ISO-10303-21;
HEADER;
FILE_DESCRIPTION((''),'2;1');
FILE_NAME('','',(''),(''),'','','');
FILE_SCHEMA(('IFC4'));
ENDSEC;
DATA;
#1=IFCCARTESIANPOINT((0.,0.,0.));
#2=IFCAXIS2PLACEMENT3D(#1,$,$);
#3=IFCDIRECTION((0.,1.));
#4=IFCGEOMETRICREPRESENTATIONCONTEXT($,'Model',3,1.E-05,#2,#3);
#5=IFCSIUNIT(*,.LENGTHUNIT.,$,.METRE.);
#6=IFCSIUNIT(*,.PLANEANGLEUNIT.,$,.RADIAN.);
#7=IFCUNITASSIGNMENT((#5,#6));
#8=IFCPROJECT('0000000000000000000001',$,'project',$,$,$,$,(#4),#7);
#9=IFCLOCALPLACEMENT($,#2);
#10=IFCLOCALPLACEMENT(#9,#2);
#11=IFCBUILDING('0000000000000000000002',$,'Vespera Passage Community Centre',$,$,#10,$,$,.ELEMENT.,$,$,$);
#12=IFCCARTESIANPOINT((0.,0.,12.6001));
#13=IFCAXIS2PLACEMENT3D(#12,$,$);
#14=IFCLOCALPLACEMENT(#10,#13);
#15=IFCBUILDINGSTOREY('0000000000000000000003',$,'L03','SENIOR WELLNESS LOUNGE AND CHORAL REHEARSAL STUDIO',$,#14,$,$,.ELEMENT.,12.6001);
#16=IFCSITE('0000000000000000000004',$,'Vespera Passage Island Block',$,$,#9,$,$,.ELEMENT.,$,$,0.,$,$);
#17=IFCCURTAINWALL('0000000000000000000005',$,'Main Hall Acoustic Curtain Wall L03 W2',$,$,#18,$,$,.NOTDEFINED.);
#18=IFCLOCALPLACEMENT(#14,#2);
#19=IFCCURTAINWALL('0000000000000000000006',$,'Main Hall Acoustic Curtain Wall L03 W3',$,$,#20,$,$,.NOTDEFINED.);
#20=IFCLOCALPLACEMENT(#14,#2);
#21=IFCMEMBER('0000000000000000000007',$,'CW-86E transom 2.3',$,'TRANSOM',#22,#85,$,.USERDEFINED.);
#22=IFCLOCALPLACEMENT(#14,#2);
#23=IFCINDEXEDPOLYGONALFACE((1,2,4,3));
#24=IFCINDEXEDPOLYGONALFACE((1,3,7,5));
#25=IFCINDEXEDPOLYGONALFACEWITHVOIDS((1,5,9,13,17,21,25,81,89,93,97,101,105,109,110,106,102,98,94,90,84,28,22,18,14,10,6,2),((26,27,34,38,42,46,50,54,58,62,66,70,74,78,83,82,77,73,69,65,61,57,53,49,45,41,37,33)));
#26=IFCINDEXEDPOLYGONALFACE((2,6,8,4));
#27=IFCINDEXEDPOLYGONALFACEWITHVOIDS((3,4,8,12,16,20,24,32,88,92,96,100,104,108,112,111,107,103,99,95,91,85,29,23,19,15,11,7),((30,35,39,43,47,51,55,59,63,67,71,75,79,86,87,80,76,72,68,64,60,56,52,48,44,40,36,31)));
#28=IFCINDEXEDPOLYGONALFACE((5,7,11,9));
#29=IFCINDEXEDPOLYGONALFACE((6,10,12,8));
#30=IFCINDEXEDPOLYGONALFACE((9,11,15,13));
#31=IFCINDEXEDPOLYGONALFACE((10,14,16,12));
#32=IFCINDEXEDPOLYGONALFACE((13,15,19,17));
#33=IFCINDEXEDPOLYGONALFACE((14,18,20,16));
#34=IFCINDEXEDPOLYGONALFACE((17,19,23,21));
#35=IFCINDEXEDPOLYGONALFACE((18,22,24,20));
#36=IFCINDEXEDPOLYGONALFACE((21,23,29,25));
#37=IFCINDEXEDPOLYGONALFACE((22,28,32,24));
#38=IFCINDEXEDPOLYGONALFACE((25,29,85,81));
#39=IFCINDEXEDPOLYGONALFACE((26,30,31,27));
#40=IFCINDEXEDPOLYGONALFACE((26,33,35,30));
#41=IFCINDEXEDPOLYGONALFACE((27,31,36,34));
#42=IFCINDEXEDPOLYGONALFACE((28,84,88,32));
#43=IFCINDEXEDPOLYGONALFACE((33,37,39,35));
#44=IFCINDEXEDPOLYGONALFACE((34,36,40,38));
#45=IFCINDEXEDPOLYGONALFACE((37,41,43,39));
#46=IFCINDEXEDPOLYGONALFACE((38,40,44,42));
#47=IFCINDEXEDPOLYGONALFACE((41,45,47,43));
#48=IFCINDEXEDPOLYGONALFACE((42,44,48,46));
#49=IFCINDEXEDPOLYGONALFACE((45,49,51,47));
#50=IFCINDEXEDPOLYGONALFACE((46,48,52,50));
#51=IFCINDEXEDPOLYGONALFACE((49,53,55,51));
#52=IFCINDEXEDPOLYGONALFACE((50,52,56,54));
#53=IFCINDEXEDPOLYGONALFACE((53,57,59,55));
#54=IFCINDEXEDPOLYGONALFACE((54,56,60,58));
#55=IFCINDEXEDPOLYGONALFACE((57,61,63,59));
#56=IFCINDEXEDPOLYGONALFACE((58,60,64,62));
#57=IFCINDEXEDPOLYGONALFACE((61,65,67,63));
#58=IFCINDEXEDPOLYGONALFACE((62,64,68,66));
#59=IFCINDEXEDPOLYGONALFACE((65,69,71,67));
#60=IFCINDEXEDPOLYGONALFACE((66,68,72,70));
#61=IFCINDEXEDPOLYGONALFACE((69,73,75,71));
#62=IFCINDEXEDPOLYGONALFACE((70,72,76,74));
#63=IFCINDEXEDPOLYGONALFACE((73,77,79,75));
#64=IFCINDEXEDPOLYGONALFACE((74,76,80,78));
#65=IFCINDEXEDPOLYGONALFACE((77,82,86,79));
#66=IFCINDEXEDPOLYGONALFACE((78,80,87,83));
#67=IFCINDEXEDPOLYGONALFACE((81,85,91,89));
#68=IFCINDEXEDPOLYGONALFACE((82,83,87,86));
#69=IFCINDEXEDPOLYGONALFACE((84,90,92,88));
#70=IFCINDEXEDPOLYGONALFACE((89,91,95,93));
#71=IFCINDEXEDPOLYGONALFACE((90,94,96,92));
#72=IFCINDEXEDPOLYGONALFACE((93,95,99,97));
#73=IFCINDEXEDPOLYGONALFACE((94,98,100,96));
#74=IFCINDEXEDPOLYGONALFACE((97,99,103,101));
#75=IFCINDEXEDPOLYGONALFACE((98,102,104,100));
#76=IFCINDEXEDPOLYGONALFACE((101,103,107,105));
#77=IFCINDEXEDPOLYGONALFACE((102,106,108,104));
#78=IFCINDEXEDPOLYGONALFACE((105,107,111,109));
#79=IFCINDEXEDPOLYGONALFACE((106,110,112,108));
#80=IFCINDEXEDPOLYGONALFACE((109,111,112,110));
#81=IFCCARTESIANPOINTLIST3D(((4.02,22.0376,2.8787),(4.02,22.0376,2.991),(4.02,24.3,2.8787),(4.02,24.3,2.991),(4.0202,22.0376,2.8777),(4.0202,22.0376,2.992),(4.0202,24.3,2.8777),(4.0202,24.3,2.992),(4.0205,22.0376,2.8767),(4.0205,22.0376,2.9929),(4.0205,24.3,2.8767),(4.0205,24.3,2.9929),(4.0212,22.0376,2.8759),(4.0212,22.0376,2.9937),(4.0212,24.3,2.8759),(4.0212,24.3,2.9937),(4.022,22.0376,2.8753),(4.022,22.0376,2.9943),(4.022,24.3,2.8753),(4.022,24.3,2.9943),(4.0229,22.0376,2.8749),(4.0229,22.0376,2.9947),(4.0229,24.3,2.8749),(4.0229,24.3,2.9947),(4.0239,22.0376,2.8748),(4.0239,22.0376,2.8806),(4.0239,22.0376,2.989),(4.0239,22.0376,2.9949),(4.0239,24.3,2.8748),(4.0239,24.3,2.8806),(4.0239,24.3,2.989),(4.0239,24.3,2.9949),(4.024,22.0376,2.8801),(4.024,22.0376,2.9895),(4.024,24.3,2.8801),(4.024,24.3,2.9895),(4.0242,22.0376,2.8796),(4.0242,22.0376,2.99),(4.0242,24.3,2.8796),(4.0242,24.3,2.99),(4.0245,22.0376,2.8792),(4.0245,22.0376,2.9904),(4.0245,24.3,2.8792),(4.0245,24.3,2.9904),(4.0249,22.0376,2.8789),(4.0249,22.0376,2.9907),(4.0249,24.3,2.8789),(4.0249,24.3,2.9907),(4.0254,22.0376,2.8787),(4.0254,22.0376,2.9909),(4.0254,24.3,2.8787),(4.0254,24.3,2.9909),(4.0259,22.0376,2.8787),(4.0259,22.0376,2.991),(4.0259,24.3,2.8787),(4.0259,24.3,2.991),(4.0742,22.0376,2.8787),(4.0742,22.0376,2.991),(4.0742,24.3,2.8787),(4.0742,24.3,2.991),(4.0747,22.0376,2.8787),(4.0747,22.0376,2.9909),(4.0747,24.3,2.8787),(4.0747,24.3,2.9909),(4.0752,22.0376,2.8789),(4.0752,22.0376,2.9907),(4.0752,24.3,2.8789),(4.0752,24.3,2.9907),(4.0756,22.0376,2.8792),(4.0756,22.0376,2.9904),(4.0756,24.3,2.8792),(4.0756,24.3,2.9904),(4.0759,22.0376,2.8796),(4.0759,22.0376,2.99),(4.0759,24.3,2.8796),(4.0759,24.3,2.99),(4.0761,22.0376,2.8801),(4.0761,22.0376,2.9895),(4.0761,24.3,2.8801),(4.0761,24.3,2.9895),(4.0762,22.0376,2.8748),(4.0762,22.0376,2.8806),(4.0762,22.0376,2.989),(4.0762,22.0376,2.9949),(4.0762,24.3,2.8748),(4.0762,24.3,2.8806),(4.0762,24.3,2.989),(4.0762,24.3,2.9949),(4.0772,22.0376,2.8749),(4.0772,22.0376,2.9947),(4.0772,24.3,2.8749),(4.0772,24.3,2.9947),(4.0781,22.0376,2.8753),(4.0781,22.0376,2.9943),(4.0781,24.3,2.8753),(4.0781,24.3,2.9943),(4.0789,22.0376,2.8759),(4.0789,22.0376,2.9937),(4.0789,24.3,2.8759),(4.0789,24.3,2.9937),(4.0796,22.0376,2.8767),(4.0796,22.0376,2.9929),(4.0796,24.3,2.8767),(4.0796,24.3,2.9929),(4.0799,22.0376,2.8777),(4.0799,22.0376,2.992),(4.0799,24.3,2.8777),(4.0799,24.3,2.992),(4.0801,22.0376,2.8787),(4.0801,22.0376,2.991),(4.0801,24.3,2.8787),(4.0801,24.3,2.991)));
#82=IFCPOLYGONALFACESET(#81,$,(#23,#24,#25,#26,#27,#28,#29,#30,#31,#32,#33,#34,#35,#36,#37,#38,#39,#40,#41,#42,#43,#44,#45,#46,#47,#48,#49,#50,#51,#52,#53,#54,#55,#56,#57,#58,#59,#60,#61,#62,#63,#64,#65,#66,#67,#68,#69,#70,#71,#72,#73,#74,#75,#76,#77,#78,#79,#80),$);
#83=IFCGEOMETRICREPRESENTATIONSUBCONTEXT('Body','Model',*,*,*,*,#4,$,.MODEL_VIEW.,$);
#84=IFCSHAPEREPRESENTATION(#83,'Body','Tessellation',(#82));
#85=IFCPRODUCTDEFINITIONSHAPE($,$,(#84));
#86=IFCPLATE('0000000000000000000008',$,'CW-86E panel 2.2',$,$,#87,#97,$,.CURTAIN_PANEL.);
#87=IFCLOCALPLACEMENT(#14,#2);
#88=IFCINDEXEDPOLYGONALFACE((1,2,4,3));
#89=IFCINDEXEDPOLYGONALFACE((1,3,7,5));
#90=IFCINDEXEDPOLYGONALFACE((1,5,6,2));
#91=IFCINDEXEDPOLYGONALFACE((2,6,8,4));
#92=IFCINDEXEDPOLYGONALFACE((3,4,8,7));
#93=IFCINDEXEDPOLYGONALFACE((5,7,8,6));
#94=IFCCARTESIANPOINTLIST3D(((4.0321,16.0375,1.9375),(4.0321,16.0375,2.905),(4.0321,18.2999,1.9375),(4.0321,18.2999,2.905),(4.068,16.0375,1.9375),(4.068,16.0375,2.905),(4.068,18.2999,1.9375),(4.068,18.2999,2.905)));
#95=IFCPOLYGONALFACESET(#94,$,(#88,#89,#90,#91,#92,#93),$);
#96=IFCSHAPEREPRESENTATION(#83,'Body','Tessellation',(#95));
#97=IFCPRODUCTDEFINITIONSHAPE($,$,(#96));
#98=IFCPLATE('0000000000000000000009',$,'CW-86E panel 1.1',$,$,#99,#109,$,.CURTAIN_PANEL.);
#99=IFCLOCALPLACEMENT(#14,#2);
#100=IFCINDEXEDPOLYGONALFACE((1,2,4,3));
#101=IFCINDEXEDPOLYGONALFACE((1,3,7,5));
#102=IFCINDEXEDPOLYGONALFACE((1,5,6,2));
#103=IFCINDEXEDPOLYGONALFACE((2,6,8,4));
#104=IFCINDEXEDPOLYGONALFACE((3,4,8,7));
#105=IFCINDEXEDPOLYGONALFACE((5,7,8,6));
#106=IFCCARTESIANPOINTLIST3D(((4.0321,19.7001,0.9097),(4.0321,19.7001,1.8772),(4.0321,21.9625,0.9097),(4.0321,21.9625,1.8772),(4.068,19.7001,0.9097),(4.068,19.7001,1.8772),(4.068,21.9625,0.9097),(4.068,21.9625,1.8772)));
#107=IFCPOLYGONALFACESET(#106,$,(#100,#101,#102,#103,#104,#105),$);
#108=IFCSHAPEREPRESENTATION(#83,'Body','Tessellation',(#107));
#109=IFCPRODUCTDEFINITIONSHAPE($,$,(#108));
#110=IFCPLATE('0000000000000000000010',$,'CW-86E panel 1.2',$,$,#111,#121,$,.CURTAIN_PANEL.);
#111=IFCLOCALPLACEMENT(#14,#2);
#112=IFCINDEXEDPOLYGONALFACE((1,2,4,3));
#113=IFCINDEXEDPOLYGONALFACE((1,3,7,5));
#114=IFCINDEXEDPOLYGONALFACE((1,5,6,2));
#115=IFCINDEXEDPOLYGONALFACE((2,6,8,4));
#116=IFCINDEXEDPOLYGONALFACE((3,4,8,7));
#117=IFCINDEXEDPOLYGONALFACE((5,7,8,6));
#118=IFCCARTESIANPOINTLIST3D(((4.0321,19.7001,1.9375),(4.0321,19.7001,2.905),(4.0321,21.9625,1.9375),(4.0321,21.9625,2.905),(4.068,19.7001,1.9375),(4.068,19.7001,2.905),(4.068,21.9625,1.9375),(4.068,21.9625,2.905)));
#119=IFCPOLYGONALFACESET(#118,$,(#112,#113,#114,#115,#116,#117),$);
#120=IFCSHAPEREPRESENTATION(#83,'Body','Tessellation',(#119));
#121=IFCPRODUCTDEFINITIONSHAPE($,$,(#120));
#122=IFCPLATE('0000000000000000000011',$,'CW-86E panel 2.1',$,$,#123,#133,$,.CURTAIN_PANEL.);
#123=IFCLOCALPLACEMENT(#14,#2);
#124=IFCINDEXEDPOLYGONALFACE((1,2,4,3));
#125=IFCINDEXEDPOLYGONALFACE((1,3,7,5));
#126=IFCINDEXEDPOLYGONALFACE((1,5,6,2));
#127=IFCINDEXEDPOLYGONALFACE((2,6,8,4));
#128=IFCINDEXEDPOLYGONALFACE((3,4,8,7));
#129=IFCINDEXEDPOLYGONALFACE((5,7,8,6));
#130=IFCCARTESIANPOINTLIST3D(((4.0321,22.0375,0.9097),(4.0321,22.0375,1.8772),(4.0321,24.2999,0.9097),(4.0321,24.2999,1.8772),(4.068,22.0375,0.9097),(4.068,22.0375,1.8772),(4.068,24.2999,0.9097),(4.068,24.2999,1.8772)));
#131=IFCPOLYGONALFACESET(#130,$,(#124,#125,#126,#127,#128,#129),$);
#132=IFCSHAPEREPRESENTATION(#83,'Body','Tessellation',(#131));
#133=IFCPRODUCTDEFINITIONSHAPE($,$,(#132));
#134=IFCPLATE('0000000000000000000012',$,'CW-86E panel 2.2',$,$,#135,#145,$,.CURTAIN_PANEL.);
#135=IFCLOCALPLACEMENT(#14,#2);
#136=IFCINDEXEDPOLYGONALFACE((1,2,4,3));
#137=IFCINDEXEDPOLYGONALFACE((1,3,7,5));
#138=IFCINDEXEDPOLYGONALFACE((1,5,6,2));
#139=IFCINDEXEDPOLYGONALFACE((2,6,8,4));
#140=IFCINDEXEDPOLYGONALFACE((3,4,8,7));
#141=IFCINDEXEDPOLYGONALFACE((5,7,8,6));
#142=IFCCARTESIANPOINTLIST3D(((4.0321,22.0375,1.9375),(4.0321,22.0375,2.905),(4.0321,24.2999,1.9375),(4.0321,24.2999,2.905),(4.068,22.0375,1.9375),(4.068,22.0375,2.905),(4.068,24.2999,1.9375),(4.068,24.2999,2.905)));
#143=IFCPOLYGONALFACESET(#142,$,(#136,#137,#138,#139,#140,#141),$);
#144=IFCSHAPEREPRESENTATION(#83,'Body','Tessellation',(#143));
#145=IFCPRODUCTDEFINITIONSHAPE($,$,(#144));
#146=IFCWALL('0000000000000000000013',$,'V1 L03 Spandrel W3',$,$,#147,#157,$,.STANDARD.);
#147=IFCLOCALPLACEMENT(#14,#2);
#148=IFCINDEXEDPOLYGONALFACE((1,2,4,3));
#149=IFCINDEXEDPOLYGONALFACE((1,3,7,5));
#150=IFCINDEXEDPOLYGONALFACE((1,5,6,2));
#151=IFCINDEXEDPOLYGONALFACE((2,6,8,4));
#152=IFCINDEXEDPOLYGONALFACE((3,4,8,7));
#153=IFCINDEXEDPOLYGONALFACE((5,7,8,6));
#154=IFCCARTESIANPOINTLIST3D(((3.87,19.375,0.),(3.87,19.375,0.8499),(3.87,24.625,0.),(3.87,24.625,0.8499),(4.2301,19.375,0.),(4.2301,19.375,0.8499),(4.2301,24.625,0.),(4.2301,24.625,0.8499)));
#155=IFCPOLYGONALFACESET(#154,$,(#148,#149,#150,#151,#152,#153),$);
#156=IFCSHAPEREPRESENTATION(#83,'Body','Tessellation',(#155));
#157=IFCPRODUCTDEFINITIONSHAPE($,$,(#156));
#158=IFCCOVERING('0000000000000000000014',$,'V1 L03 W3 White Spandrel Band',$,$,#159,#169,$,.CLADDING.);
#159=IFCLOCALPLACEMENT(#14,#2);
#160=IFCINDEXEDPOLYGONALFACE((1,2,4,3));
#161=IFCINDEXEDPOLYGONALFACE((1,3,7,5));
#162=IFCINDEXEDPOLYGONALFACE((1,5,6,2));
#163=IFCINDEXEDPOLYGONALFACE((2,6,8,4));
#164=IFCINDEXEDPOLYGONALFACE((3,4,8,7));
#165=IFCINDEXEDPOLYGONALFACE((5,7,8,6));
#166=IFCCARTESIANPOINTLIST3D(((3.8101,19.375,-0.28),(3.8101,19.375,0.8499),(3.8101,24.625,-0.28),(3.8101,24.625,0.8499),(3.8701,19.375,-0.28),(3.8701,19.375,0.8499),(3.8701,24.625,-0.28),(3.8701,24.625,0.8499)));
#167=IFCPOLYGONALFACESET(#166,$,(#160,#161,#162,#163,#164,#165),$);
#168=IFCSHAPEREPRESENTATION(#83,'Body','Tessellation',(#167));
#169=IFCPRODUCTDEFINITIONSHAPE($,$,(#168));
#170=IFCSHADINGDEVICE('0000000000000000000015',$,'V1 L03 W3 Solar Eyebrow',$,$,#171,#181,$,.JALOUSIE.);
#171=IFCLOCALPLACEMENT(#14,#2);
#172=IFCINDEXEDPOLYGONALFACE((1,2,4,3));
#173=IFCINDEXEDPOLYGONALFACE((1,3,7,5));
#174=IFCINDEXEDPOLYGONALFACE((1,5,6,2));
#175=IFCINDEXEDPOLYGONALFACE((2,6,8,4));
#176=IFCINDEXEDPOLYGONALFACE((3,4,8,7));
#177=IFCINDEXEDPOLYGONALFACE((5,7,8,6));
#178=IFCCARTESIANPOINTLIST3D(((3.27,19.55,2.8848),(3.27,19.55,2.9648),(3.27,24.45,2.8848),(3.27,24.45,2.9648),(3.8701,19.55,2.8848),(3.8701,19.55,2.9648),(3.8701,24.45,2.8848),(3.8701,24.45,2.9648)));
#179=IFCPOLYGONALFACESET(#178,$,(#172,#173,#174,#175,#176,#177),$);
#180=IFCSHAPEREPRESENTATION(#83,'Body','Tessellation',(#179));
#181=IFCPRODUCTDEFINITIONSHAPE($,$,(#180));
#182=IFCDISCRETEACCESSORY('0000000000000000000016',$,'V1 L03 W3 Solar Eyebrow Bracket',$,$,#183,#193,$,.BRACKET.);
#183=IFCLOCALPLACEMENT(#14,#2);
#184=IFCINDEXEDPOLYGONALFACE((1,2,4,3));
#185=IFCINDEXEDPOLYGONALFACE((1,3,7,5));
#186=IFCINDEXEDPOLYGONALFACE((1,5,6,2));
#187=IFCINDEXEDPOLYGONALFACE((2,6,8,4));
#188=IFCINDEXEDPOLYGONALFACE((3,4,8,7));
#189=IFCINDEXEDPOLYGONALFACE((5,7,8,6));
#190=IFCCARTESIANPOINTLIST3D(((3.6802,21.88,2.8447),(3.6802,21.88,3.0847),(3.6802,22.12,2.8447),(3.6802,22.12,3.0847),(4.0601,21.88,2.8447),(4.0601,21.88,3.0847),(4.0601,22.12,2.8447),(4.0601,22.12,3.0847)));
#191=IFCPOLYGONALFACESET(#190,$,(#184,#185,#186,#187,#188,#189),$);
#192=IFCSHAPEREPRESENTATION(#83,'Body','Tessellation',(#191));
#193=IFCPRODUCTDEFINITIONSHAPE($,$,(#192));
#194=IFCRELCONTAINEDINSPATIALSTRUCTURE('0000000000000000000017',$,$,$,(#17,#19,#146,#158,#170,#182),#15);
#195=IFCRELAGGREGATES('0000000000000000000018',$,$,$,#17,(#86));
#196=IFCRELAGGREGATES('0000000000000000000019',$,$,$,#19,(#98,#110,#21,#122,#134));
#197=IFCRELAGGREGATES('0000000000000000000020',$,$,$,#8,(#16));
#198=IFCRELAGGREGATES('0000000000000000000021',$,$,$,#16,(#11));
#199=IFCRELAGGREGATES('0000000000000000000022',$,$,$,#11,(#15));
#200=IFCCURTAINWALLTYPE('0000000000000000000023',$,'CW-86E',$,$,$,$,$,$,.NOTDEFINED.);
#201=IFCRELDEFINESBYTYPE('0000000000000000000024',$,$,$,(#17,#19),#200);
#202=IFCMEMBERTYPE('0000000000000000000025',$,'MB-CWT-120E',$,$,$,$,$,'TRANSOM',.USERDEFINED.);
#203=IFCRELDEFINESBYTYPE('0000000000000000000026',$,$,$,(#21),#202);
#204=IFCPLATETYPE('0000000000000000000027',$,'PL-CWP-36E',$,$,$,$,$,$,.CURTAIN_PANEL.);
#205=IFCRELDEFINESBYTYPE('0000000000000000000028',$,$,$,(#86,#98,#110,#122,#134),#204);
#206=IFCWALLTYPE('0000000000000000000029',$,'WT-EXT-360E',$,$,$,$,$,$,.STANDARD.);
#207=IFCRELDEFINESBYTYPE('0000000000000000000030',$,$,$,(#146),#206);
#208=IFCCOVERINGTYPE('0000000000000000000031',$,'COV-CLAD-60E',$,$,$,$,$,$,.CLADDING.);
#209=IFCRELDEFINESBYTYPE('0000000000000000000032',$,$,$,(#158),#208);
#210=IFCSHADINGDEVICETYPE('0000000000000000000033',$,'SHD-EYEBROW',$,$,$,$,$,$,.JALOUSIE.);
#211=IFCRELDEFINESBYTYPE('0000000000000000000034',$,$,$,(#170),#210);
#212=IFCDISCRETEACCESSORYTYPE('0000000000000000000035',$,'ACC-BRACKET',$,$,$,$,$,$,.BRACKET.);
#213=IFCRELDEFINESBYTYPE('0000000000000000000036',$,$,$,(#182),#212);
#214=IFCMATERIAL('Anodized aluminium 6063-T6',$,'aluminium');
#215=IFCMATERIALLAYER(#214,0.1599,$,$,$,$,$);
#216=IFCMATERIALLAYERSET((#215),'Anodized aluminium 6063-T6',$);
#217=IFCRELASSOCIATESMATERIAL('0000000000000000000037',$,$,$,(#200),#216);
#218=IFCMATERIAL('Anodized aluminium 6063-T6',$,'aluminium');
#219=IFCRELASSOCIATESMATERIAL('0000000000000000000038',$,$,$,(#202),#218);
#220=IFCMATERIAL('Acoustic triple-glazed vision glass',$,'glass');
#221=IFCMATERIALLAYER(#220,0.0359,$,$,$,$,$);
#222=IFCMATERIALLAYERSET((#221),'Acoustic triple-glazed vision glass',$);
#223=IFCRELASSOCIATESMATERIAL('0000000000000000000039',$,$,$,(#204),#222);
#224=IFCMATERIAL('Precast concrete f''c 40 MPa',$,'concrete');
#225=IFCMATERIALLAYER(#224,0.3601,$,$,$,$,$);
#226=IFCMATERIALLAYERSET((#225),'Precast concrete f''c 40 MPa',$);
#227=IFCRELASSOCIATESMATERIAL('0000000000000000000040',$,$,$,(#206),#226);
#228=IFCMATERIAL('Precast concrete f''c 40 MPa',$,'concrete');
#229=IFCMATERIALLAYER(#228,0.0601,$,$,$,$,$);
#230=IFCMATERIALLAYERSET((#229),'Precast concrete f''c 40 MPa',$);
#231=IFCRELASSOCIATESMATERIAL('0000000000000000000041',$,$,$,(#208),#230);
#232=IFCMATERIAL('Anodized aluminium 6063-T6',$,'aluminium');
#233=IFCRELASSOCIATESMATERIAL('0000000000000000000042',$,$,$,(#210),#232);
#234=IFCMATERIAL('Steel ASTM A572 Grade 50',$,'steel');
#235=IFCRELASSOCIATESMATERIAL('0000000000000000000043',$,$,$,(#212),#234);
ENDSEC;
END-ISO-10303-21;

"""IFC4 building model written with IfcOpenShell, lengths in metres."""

from ifc_helpers import new_model, si_unit, direction, frame, frame_2d, origin, origin_2d, place, context, subcontext, project, spatial, rectangle, hollow_rectangle, extrude, material, layer, layer_set, material_profile, profile_set, type_object, element, aggregate, save


model = new_model("IFC4")

# Units and contexts
model_context = context("Model", 3, precision=1e-05, world=origin(), true_north=direction((0.0, 1.0)))
body_context = subcontext(model_context, "Body", "Model", "MODEL_VIEW")
ifc_project = project(units=[si_unit("LENGTHUNIT", "METRE"), si_unit("PLANEANGLEUNIT", "RADIAN")], contexts=[model_context])

# Site, building, storey
site_placement = place(None, origin())
site = spatial("IfcSite", under=ifc_project, at=site_placement, Name="Vespera Passage Island Block", CompositionType="ELEMENT", RefElevation=0.0)
building_placement = place(site_placement, origin())
building = spatial("IfcBuilding", under=site, at=building_placement, Name="Vespera Passage Community Centre", CompositionType="ELEMENT")
storey_placement = place(building_placement, frame((0.0, 0.0, 12.6001)))
storey = spatial("IfcBuildingStorey", under=building, at=storey_placement, Name="L03", Description="SENIOR WELLNESS LOUNGE AND CHORAL REHEARSAL STUDIO", CompositionType="ELEMENT", Elevation=12.6001)

# Curtain wall
ifc_material_1 = material(Name="Anodized aluminium 6063-T6", Category="aluminium")
ifc_layer_1 = layer(ifc_material_1, 0.1599)
ifc_layer_set_1 = layer_set([ifc_layer_1], Name="Anodized aluminium 6063-T6")
curtain_wall_type = type_object("IfcCurtainWallType", Name="CW-86E", PredefinedType="NOTDEFINED", material=ifc_layer_set_1)
curtain_wall_1_placement = place(storey_placement, origin())
curtain_wall_1 = element("IfcCurtainWall", 1, at=curtain_wall_1_placement, inside=storey, type_object=curtain_wall_type, Name="Main Hall Acoustic Curtain Wall L03 W2", PredefinedType="NOTDEFINED")

# Curtain wall, member
curtain_wall_2_placement = place(storey_placement, origin())
curtain_wall_2 = element("IfcCurtainWall", 2, at=curtain_wall_2_placement, inside=storey, type_object=curtain_wall_type, Name="Main Hall Acoustic Curtain Wall L03 W3", PredefinedType="NOTDEFINED")
ifc_material_2 = material(Name="Anodized aluminium 6063-T6", Category="aluminium")
ifc_material_profile_1 = material_profile(ifc_material_2, hollow_rectangle(XDim=0.0601, YDim=0.1201, WallThickness=0.0039, InnerFilletRadius=0.002, OuterFilletRadius=0.0039, at=origin_2d()), Name="ALU120X60X4")
ifc_profile_set_1 = profile_set([ifc_material_profile_1], Name="Anodized aluminium 6063-T6")
member_type_1 = type_object("IfcMemberType", Name="MB-CWT-120E", ElementType="TRANSOM", PredefinedType="USERDEFINED", material=ifc_profile_set_1)
member_1_placement = place(storey_placement, frame((4.05, 22.0376, 2.9348), z_axis=(0.0, 1.0, 0.0), x_axis=(-1.0, 0.0, 0.0)))
member_1 = element("IfcMember", 3, at=member_1_placement, type_object=member_type_1, Name="CW-86E transom 2.3", ObjectType="TRANSOM", PredefinedType="USERDEFINED", context=body_context, shape_type="SweptSolid", body=[
    extrude(hollow_rectangle(XDim=0.0601, YDim=0.1201, WallThickness=0.0039, InnerFilletRadius=0.002, OuterFilletRadius=0.0039, at=origin_2d()), origin(), (0.0, 0.0, 1.0), 2.2625),
])

# Plates
ifc_material_3 = material(Name="Acoustic triple-glazed vision glass", Category="glass")
ifc_layer_2 = layer(ifc_material_3, 0.0359)
ifc_layer_set_2 = layer_set([ifc_layer_2], Name="Acoustic triple-glazed vision glass")
plate_type = type_object("IfcPlateType", Name="PL-CWP-36E", PredefinedType="CURTAIN_PANEL", material=ifc_layer_set_2)
plate_1_placement = place(storey_placement, frame((4.05, 17.1687, 1.9375), z_axis=(0.0, 0.0, 1.0), x_axis=(0.0, 1.0, 0.0)))
plate_1 = element("IfcPlate", 4, at=plate_1_placement, type_object=plate_type, Name="CW-86E panel 2.2", PredefinedType="CURTAIN_PANEL", context=body_context, shape_type="SweptSolid", body=[
    extrude(rectangle(XDim=2.2625, YDim=0.0359, at=origin_2d()), origin(), (0.0, 0.0, 1.0), 0.9675),
])
aggregate(curtain_wall_1, [plate_1])
plate_2_placement = place(storey_placement, frame((4.05, 20.8313, 0.9097), z_axis=(0.0, 0.0, 1.0), x_axis=(0.0, 1.0, 0.0)))
plate_2 = element("IfcPlate", 5, at=plate_2_placement, type_object=plate_type, Name="CW-86E panel 1.1", PredefinedType="CURTAIN_PANEL", context=body_context, shape_type="SweptSolid", body=[
    extrude(rectangle(XDim=2.2625, YDim=0.0359, at=origin_2d()), origin(), (0.0, 0.0, 1.0), 0.9675),
])
plate_3_placement = place(storey_placement, frame((4.05, 20.8313, 1.9375), z_axis=(0.0, 0.0, 1.0), x_axis=(0.0, 1.0, 0.0)))
plate_3 = element("IfcPlate", 6, at=plate_3_placement, type_object=plate_type, Name="CW-86E panel 1.2", PredefinedType="CURTAIN_PANEL", context=body_context, shape_type="SweptSolid", body=[
    extrude(rectangle(XDim=2.2625, YDim=0.0359, at=origin_2d()), origin(), (0.0, 0.0, 1.0), 0.9675),
])
plate_4_placement = place(storey_placement, frame((4.05, 23.1687, 0.9097), z_axis=(0.0, 0.0, 1.0), x_axis=(0.0, 1.0, 0.0)))
plate_4 = element("IfcPlate", 7, at=plate_4_placement, type_object=plate_type, Name="CW-86E panel 2.1", PredefinedType="CURTAIN_PANEL", context=body_context, shape_type="SweptSolid", body=[
    extrude(rectangle(XDim=2.2625, YDim=0.0359, at=origin_2d()), origin(), (0.0, 0.0, 1.0), 0.9675),
])
plate_5_placement = place(storey_placement, frame((4.05, 23.1687, 1.9375), z_axis=(0.0, 0.0, 1.0), x_axis=(0.0, 1.0, 0.0)))
plate_5 = element("IfcPlate", 8, at=plate_5_placement, type_object=plate_type, Name="CW-86E panel 2.2", PredefinedType="CURTAIN_PANEL", context=body_context, shape_type="SweptSolid", body=[
    extrude(rectangle(XDim=2.2625, YDim=0.0359, at=origin_2d()), origin(), (0.0, 0.0, 1.0), 0.9675),
])
aggregate(curtain_wall_2, [plate_2, plate_3, member_1, plate_4, plate_5])

# Wall
ifc_material_4 = material(Name="Precast concrete f'c 40 MPa", Category="concrete")
ifc_layer_3 = layer(ifc_material_4, 0.3601)
ifc_layer_set_3 = layer_set([ifc_layer_3], Name="Precast concrete f'c 40 MPa")
wall_type = type_object("IfcWallType", Name="WT-EXT-360E", PredefinedType="STANDARD", material=ifc_layer_set_3)
wall_placement = place(storey_placement, frame((4.05, 19.375, 0.0), z_axis=(0.0, 0.0, 1.0), x_axis=(0.0, 1.0, 0.0)))
element("IfcWall", 9, at=wall_placement, inside=storey, type_object=wall_type, Name="V1 L03 Spandrel W3", PredefinedType="STANDARD", context=body_context, shape_type="SweptSolid", body=[
    extrude(rectangle(XDim=5.25, YDim=0.3601, at=frame_2d((2.625, 0.0))), origin(), (0.0, 0.0, 1.0), 0.8499),
])

# Covering
ifc_material_5 = material(Name="Precast concrete f'c 40 MPa", Category="concrete")
ifc_layer_4 = layer(ifc_material_5, 0.0601)
ifc_layer_set_4 = layer_set([ifc_layer_4], Name="Precast concrete f'c 40 MPa")
covering_type = type_object("IfcCoveringType", Name="COV-CLAD-60E", PredefinedType="CLADDING", material=ifc_layer_set_4)
covering_placement = place(storey_placement, frame((3.8401, 19.375, -0.28), z_axis=(0.0, 0.0, 1.0), x_axis=(0.0, 1.0, 0.0)))
element("IfcCovering", 10, at=covering_placement, inside=storey, type_object=covering_type, Name="V1 L03 W3 White Spandrel Band", PredefinedType="CLADDING", context=body_context, shape_type="SweptSolid", body=[
    extrude(rectangle(XDim=5.25, YDim=0.0601, at=frame_2d((2.625, 0.0))), origin(), (0.0, 0.0, 1.0), 1.1299),
])

# Shading device
ifc_material_6 = material(Name="Anodized aluminium 6063-T6", Category="aluminium")
shading_device_type = type_object("IfcShadingDeviceType", Name="SHD-EYEBROW", PredefinedType="JALOUSIE", material=ifc_material_6)
shading_device_placement = place(storey_placement, frame((3.5701, 22.0, 2.8848), z_axis=(0.0, 0.0, 1.0), x_axis=(0.0, 1.0, 0.0)))
element("IfcShadingDevice", 11, at=shading_device_placement, inside=storey, type_object=shading_device_type, Name="V1 L03 W3 Solar Eyebrow", PredefinedType="JALOUSIE", context=body_context, shape_type="SweptSolid", body=[
    extrude(rectangle(XDim=4.8999, YDim=0.6001, at=origin_2d()), origin(), (0.0, 0.0, 1.0), 0.0801),
])

# Discrete accessory
ifc_material_7 = material(Name="Steel ASTM A572 Grade 50", Category="steel")
discrete_accessory_type = type_object("IfcDiscreteAccessoryType", Name="ACC-BRACKET", PredefinedType="BRACKET", material=ifc_material_7)
discrete_accessory_placement = place(storey_placement, frame((3.8701, 22.0, 2.8447), z_axis=(0.0, 0.0, 1.0), x_axis=(0.0, 1.0, 0.0)))
element("IfcDiscreteAccessory", 12, at=discrete_accessory_placement, inside=storey, type_object=discrete_accessory_type, Name="V1 L03 W3 Solar Eyebrow Bracket", PredefinedType="BRACKET", context=body_context, shape_type="SweptSolid", body=[
    extrude(rectangle(XDim=0.24, YDim=0.3799, at=origin_2d()), origin(), (0.0, 0.0, 1.0), 0.24),
])

save(model, "model.ifc")
